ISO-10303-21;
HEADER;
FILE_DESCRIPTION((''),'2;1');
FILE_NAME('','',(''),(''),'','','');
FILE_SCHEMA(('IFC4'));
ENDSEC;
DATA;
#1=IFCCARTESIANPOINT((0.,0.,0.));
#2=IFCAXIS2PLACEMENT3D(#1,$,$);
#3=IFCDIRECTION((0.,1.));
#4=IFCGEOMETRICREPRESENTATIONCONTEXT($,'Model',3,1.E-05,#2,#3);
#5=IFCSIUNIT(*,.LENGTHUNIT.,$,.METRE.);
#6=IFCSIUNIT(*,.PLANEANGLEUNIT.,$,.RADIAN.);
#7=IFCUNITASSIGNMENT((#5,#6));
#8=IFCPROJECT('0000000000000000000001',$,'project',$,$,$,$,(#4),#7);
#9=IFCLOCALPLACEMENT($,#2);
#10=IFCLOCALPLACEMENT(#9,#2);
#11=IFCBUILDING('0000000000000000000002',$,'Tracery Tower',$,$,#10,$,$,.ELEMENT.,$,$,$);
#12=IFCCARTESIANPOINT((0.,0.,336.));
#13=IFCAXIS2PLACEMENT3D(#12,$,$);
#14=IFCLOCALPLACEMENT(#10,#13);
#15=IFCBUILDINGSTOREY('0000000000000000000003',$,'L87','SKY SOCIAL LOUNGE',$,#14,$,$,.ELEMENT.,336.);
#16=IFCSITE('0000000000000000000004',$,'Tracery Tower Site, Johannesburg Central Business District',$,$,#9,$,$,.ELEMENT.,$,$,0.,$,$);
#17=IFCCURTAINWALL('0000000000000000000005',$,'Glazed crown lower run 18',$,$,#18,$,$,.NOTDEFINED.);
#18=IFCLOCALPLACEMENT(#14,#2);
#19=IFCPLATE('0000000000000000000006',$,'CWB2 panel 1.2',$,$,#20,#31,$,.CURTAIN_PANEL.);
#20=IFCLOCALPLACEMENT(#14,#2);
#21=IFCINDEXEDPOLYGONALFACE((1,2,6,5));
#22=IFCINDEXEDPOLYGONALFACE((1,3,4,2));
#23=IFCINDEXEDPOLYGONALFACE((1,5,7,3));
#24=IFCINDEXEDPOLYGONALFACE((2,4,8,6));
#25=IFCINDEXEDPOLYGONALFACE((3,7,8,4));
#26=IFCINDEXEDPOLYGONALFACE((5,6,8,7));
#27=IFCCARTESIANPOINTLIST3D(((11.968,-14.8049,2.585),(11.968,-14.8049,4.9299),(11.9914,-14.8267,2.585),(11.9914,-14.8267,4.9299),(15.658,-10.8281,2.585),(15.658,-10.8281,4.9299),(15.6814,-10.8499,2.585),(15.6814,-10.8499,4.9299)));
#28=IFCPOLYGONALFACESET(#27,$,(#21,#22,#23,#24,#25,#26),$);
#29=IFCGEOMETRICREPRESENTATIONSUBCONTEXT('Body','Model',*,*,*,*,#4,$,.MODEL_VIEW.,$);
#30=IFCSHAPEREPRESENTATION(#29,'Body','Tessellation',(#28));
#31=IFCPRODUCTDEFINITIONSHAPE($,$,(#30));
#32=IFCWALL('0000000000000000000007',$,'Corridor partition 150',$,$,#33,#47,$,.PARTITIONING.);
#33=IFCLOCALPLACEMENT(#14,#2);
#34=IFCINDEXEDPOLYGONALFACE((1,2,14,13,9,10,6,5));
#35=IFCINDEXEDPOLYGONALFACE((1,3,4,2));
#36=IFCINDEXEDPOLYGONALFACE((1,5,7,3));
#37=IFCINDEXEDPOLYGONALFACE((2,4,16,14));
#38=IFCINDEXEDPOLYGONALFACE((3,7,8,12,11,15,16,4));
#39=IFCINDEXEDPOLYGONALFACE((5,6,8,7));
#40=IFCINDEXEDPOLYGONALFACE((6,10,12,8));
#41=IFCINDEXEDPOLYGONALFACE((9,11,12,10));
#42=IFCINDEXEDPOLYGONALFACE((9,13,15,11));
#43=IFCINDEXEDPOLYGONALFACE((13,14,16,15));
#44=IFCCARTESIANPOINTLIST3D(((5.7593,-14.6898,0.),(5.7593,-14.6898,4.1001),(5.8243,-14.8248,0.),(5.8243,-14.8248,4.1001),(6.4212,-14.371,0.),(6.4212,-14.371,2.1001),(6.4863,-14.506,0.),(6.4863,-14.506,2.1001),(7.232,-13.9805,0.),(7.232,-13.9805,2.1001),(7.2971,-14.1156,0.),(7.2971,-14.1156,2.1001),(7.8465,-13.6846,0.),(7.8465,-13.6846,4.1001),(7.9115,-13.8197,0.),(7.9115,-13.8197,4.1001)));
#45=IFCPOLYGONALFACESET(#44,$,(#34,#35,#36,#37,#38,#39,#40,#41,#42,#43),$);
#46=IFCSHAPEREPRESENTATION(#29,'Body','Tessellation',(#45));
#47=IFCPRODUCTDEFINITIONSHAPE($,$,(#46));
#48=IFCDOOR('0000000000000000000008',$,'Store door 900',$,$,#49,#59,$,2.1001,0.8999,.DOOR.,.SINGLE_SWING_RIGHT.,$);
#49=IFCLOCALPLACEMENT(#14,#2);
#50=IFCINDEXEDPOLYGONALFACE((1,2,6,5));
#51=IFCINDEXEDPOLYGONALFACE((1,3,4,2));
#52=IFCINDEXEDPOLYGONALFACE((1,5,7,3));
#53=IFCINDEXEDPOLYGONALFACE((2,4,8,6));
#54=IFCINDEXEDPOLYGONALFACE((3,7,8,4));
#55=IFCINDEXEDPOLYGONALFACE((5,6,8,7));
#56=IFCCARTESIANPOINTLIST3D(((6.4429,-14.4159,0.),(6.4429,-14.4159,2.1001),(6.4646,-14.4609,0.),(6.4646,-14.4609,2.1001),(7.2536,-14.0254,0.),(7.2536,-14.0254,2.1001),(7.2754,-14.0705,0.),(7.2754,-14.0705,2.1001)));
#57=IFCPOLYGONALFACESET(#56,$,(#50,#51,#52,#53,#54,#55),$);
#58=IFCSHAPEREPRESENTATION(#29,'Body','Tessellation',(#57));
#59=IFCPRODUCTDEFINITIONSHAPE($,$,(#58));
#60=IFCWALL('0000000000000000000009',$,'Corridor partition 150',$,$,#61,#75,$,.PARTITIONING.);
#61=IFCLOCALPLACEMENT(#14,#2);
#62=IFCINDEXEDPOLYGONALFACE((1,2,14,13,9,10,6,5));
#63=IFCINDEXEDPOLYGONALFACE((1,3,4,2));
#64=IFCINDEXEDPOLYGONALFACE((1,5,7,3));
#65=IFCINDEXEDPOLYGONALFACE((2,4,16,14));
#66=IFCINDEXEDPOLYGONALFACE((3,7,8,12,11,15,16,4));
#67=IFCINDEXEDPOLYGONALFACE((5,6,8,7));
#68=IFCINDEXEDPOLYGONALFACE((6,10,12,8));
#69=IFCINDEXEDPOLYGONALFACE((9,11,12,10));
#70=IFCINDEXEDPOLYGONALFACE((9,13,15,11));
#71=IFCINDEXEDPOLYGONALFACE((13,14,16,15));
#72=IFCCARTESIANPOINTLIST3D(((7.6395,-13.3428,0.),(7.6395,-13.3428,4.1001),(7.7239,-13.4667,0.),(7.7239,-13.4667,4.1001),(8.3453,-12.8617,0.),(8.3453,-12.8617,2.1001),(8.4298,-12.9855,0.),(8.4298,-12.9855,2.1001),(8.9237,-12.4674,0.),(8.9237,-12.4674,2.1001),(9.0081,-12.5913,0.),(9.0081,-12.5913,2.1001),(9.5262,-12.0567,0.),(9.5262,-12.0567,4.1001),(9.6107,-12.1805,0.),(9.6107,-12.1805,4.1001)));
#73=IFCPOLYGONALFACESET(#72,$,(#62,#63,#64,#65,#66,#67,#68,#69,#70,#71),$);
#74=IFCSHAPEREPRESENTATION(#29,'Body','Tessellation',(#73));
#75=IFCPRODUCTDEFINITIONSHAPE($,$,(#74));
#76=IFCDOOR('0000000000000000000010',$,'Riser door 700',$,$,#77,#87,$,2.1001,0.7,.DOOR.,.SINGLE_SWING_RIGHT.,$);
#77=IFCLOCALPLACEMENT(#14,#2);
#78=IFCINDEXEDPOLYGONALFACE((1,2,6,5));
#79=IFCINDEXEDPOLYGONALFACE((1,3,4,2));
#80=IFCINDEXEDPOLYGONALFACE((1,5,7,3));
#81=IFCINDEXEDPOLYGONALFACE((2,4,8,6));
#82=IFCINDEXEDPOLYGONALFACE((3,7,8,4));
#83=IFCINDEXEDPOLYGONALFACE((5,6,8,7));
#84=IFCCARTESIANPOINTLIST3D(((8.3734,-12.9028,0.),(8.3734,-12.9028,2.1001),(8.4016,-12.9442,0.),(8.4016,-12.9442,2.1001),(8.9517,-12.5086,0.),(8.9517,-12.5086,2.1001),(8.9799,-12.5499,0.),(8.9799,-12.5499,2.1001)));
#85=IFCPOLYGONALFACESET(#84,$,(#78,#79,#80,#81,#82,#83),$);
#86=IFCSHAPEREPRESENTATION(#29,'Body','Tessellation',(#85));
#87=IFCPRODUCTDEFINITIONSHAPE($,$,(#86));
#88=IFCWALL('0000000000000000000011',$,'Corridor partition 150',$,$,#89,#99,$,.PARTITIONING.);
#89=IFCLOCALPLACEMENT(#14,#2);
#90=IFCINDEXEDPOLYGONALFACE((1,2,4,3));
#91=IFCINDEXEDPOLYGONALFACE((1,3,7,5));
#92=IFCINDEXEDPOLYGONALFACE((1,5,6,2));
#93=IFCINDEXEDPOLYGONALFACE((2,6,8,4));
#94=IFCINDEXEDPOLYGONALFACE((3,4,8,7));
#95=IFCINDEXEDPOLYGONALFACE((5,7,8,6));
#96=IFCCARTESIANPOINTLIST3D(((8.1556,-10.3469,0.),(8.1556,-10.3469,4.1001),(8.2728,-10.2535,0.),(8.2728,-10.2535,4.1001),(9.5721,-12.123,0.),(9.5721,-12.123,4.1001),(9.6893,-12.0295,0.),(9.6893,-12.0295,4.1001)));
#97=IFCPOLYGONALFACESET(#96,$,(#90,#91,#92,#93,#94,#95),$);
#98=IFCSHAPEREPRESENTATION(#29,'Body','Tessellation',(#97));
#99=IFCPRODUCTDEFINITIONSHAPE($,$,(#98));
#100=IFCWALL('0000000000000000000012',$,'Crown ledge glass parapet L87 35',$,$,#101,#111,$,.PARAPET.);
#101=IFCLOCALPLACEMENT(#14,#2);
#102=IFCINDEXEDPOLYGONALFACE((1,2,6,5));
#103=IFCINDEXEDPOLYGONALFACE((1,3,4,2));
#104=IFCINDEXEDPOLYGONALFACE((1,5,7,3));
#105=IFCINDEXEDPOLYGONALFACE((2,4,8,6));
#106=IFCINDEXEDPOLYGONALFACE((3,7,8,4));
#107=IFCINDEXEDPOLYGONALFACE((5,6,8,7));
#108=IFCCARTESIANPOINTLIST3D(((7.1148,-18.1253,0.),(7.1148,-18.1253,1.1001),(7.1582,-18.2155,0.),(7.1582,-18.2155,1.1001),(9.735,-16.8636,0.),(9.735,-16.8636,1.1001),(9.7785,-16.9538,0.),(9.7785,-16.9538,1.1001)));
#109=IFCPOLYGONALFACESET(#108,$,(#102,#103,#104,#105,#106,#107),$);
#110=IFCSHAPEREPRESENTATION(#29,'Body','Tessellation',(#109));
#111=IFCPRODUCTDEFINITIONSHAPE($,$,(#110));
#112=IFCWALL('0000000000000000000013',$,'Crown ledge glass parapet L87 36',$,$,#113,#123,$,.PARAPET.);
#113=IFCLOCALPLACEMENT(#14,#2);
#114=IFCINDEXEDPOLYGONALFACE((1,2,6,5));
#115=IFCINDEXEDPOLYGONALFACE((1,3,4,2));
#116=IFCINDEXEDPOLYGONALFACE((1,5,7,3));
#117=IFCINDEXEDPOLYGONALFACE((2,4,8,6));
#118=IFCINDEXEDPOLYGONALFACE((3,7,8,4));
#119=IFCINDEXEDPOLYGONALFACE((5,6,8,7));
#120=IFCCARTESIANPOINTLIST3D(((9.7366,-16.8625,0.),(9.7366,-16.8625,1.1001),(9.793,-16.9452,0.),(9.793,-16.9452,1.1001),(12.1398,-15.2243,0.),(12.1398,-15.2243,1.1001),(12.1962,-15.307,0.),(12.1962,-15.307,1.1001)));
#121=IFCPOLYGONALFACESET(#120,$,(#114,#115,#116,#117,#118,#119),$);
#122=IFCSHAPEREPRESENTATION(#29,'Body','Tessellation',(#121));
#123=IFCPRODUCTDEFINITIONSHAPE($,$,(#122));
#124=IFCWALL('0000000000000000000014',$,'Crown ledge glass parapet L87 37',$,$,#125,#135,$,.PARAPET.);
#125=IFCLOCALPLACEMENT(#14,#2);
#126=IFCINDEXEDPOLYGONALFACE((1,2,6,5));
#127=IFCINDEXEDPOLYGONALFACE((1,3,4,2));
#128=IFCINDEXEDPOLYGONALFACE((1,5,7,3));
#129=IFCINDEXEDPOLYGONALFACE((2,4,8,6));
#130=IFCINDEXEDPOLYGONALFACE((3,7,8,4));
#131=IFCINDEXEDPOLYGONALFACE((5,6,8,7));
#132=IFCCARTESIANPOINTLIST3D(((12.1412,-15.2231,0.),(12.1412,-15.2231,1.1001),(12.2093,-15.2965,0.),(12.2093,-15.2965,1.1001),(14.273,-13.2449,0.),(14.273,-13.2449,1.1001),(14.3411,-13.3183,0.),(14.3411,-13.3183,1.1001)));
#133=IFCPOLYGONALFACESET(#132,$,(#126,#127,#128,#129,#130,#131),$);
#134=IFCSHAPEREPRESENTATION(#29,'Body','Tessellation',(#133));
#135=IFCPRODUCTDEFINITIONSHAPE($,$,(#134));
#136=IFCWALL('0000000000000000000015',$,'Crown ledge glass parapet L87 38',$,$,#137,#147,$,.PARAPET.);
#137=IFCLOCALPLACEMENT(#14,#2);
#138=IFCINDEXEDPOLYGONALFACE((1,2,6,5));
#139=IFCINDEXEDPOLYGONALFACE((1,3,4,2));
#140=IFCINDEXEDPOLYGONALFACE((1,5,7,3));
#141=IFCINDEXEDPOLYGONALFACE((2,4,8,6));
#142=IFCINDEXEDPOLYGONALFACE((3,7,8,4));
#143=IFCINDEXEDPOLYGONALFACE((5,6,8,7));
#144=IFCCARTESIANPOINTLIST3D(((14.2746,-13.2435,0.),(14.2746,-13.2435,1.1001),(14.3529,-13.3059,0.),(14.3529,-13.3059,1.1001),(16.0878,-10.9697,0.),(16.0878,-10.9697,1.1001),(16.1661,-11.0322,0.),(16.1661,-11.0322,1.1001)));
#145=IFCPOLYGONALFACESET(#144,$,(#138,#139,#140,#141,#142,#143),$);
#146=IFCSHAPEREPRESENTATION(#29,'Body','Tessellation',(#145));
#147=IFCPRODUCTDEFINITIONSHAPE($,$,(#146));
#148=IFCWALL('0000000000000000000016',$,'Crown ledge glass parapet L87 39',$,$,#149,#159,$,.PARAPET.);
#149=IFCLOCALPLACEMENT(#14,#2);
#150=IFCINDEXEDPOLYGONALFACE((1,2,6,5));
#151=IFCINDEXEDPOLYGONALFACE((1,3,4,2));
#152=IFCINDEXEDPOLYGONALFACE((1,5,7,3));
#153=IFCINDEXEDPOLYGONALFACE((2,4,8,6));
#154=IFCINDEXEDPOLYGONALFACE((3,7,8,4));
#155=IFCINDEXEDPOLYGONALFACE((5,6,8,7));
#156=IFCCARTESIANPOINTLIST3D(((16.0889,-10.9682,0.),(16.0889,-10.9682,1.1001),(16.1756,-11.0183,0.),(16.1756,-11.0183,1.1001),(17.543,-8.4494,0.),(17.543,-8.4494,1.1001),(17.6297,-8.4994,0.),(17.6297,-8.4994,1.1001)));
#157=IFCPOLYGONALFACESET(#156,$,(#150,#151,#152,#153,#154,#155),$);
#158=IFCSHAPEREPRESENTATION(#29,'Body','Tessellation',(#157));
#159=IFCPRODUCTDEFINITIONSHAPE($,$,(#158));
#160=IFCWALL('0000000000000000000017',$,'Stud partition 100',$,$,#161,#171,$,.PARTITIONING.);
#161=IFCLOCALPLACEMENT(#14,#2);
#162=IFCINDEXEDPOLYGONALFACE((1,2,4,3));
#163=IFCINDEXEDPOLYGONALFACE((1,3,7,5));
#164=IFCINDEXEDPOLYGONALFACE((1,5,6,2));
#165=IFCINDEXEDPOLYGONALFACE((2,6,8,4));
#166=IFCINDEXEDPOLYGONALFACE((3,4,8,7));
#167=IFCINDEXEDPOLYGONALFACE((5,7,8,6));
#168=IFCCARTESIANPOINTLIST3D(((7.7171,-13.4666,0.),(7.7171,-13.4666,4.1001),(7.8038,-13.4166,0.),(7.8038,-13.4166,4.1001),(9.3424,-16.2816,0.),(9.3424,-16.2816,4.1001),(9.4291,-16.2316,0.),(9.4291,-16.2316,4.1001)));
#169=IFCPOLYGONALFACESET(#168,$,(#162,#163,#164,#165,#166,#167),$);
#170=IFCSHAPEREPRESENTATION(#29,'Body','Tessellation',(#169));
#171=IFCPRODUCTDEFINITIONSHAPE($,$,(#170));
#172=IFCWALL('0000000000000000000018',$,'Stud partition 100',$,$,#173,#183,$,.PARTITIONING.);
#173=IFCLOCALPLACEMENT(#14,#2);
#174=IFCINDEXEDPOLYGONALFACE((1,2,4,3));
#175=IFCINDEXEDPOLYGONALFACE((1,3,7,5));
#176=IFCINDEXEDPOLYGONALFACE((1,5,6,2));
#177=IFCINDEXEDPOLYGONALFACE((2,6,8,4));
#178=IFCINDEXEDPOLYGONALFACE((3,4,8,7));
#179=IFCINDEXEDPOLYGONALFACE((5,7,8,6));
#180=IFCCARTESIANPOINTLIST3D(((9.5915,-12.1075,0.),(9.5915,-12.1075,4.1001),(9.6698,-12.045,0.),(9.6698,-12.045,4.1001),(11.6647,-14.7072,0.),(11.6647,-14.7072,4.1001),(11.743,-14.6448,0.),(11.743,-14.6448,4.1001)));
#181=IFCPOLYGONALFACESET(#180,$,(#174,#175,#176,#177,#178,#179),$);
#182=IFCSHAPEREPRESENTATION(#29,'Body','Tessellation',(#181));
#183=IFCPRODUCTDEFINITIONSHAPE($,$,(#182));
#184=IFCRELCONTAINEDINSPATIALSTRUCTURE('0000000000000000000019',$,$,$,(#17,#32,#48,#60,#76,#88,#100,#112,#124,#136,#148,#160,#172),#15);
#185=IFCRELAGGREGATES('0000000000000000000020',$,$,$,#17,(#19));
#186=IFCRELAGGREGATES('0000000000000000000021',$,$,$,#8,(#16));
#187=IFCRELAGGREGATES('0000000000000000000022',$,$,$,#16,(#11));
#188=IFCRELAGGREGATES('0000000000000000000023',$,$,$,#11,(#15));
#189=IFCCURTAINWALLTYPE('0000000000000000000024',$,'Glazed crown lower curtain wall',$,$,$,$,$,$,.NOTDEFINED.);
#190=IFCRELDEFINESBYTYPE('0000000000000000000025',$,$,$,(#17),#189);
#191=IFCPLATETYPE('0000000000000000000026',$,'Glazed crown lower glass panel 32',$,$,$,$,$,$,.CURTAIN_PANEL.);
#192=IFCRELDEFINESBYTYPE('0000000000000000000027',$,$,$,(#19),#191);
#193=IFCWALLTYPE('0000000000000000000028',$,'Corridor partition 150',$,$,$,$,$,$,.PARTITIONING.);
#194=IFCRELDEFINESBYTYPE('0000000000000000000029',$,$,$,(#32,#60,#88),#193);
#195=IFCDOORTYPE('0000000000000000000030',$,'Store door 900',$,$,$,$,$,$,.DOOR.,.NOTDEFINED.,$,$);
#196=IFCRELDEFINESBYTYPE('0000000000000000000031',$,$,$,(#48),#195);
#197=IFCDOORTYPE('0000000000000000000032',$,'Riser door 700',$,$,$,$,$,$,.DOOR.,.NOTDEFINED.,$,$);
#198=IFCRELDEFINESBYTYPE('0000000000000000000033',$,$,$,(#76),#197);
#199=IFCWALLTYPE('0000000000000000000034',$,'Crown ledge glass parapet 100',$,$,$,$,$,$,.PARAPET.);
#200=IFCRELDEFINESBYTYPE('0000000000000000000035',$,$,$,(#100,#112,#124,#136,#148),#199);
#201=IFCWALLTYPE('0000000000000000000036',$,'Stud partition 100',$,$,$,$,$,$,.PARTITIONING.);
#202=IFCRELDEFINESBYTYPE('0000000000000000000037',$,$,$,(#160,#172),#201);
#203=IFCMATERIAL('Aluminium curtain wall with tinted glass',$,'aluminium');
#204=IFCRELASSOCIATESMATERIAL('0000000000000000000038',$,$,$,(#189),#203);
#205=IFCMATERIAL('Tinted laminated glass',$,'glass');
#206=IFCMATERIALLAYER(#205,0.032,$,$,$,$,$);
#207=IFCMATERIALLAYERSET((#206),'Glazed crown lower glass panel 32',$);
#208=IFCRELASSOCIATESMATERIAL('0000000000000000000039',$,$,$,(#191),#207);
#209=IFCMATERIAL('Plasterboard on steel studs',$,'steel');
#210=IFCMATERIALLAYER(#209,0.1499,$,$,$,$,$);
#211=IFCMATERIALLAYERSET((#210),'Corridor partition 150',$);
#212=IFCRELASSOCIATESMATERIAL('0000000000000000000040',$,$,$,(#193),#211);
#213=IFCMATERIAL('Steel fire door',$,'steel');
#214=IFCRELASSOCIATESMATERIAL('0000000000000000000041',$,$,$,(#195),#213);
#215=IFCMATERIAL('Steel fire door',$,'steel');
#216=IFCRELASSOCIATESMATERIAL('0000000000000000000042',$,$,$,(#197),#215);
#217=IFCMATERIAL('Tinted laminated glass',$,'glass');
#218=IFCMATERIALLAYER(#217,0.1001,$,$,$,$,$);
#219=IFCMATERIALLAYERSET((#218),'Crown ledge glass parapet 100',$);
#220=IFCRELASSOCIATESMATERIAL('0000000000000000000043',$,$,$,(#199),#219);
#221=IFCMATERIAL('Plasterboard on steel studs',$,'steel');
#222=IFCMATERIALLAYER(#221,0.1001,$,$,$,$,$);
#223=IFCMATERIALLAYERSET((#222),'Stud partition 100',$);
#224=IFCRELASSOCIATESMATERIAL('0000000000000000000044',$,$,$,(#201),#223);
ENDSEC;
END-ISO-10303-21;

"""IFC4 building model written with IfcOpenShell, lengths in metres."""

from ifc_helpers import new_model, si_unit, direction, frame, frame_2d, origin, origin_2d, place, context, subcontext, project, spatial, rectangle, extrude, material, layer, layer_set, type_object, element, fill, aggregate, save


model = new_model("IFC4")

# Units and contexts
model_context = context("Model", 3, precision=1e-05, world=origin(), true_north=direction((0.0, 1.0)))
body_context = subcontext(model_context, "Body", "Model", "MODEL_VIEW")
ifc_project = project(units=[si_unit("LENGTHUNIT", "METRE"), si_unit("PLANEANGLEUNIT", "RADIAN")], contexts=[model_context])

# Site, building, storey
site_placement = place(None, origin())
site = spatial("IfcSite", under=ifc_project, at=site_placement, Name="Tracery Tower Site, Johannesburg Central Business District", CompositionType="ELEMENT", RefElevation=0.0)
building_placement = place(site_placement, origin())
building = spatial("IfcBuilding", under=site, at=building_placement, Name="Tracery Tower", CompositionType="ELEMENT")
storey_placement = place(building_placement, frame((0.0, 0.0, 336.0)))
storey = spatial("IfcBuildingStorey", under=building, at=storey_placement, Name="L87", Description="SKY SOCIAL LOUNGE", CompositionType="ELEMENT", Elevation=336.0)

# Curtain wall
ifc_material_1 = material(Name="Aluminium curtain wall with tinted glass", Category="aluminium")
curtain_wall_type = type_object("IfcCurtainWallType", Name="Glazed crown lower curtain wall", PredefinedType="NOTDEFINED", material=ifc_material_1)
curtain_wall_1_placement = place(storey_placement, origin())
curtain_wall_1 = element("IfcCurtainWall", 1, at=curtain_wall_1_placement, inside=storey, type_object=curtain_wall_type, Name="Glazed crown lower run 18", PredefinedType="NOTDEFINED")

# Plate
ifc_material_2 = material(Name="Tinted laminated glass", Category="glass")
ifc_layer_1 = layer(ifc_material_2, 0.032)
ifc_layer_set_1 = layer_set([ifc_layer_1], Name="Glazed crown lower glass panel 32")
plate_type = type_object("IfcPlateType", Name="Glazed crown lower glass panel 32", PredefinedType="CURTAIN_PANEL", material=ifc_layer_set_1)
plate_1_placement = place(storey_placement, frame((13.8247, -12.8274, 2.585), z_axis=(0.0, 0.0, 1.0), x_axis=(0.680181, 0.733044, 0.0)))
plate_1 = element("IfcPlate", 2, at=plate_1_placement, type_object=plate_type, Name="CWB2 panel 1.2", PredefinedType="CURTAIN_PANEL", context=body_context, shape_type="SweptSolid", body=[
    extrude(rectangle(XDim=5.425, YDim=0.032, at=origin_2d()), origin(), (0.0, 0.0, 1.0), 2.345),
])
aggregate(curtain_wall_1, [plate_1])

# Walls, openings, doors
ifc_material_3 = material(Name="Plasterboard on steel studs", Category="steel")
ifc_layer_2 = layer(ifc_material_3, 0.1499)
ifc_layer_set_2 = layer_set([ifc_layer_2], Name="Corridor partition 150")
wall_type_1 = type_object("IfcWallType", Name="Corridor partition 150", PredefinedType="PARTITIONING", material=ifc_layer_set_2)
wall_1_placement = place(storey_placement, frame((7.8789, -13.7522, 0.0), z_axis=(0.0, 0.0, 1.0), x_axis=(-0.900968, -0.433885, 0.0)))
wall_1 = element("IfcWall", 3, at=wall_1_placement, inside=storey, type_object=wall_type_1, Name="Corridor partition 150", PredefinedType="PARTITIONING", context=body_context, shape_type="SweptSolid", body=[
    extrude(rectangle(XDim=2.3167, YDim=0.1499, at=frame_2d((1.1582, 0.0))), origin(), (0.0, 0.0, 1.0), 4.1001),
])
opening_1_placement = place(wall_1_placement, frame((0.6819, 0.0, 0.0)))
opening_1 = element("IfcOpeningElement", 4, at=opening_1_placement, cuts=wall_1, PredefinedType="OPENING", context=body_context, shape_type="SweptSolid", body=[
    extrude(rectangle(XDim=0.8999, YDim=2.1001, at=frame_2d((0.45, 1.05))), frame((0.0, 0.075, 0.0), z_axis=(0.0, -1.0, 0.0), x_axis=(1.0, 0.0, 0.0)), (0.0, 0.0, 1.0), 0.1499),
])
ifc_material_4 = material(Name="Steel fire door", Category="steel")
door_type_1 = type_object("IfcDoorType", Name="Store door 900", OperationType="NOTDEFINED", PredefinedType="DOOR", material=ifc_material_4)
door_1_placement = place(opening_1_placement, origin())
door_1 = element("IfcDoor", 5, at=door_1_placement, inside=storey, type_object=door_type_1, Name="Store door 900", OperationType="SINGLE_SWING_RIGHT", OverallHeight=2.1001, OverallWidth=0.8999, PredefinedType="DOOR", context=body_context, shape_type="SweptSolid", body=[
    extrude(rectangle(XDim=0.8999, YDim=2.1001, at=frame_2d((0.45, 1.05))), frame((0.0, 0.0249, 0.0), z_axis=(0.0, -1.0, 0.0), x_axis=(1.0, 0.0, 0.0)), (0.0, 0.0, 1.0), 0.05),
])
fill(opening_1, door_1)
wall_2_placement = place(storey_placement, frame((9.5684, -12.1187, 0.0), z_axis=(0.0, 0.0, 1.0), x_axis=(-0.826282, -0.563257, 0.0)))
wall_2 = element("IfcWall", 6, at=wall_2_placement, inside=storey, type_object=wall_type_1, Name="Corridor partition 150", PredefinedType="PARTITIONING", context=body_context, shape_type="SweptSolid", body=[
    extrude(rectangle(XDim=2.2834, YDim=0.1499, at=frame_2d((1.1416, 0.0))), origin(), (0.0, 0.0, 1.0), 4.1001),
])
opening_2_placement = place(wall_2_placement, frame((0.729, 0.0, 0.0)))
opening_2 = element("IfcOpeningElement", 7, at=opening_2_placement, cuts=wall_2, PredefinedType="OPENING", context=body_context, shape_type="SweptSolid", body=[
    extrude(rectangle(XDim=0.7, YDim=2.1001, at=frame_2d((0.3501, 1.05))), frame((0.0, 0.075, 0.0), z_axis=(0.0, -1.0, 0.0), x_axis=(1.0, 0.0, 0.0)), (0.0, 0.0, 1.0), 0.1499),
])
ifc_material_5 = material(Name="Steel fire door", Category="steel")
door_type_2 = type_object("IfcDoorType", Name="Riser door 700", OperationType="NOTDEFINED", PredefinedType="DOOR", material=ifc_material_5)
door_2_placement = place(opening_2_placement, origin())
door_2 = element("IfcDoor", 8, at=door_2_placement, inside=storey, type_object=door_type_2, Name="Riser door 700", OperationType="SINGLE_SWING_RIGHT", OverallHeight=2.1001, OverallWidth=0.7, PredefinedType="DOOR", context=body_context, shape_type="SweptSolid", body=[
    extrude(rectangle(XDim=0.7, YDim=2.1001, at=frame_2d((0.3501, 1.05))), frame((0.0, 0.0249, 0.0), z_axis=(0.0, -1.0, 0.0), x_axis=(1.0, 0.0, 0.0)), (0.0, 0.0, 1.0), 0.05),
])
fill(opening_2, door_2)

# Walls
wall_3_placement = place(storey_placement, frame((9.6306, -12.0762, 0.0), z_axis=(0.0, 0.0, 1.0), x_axis=(-0.623515, 0.781812, 0.0)))
element("IfcWall", 9, at=wall_3_placement, inside=storey, type_object=wall_type_1, Name="Corridor partition 150", PredefinedType="PARTITIONING", context=body_context, shape_type="SweptSolid", body=[
    extrude(rectangle(XDim=2.2717, YDim=0.1499, at=frame_2d((1.1357, 0.0))), origin(), (0.0, 0.0, 1.0), 4.1001),
])
ifc_material_6 = material(Name="Tinted laminated glass", Category="glass")
ifc_layer_3 = layer(ifc_material_6, 0.1001)
ifc_layer_set_3 = layer_set([ifc_layer_3], Name="Crown ledge glass parapet 100")
wall_type_2 = type_object("IfcWallType", Name="Crown ledge glass parapet 100", PredefinedType="PARAPET", material=ifc_layer_set_3)
wall_4_placement = place(storey_placement, frame((7.1365, -18.1704, 0.0), z_axis=(0.0, 0.0, 1.0), x_axis=(0.900993, 0.433833, 0.0)))
element("IfcWall", 10, at=wall_4_placement, inside=storey, type_object=wall_type_2, Name="Crown ledge glass parapet L87 35", PredefinedType="PARAPET", context=body_context, shape_type="SweptSolid", body=[
    extrude(rectangle(XDim=2.9082, YDim=0.1001, at=frame_2d((1.4541, 0.0))), origin(), (0.0, 0.0, 1.0), 1.1001),
])
wall_5_placement = place(storey_placement, frame((9.7649, -16.9038, 0.0), z_axis=(0.0, 0.0, 1.0), x_axis=(0.826272, 0.563272, 0.0)))
element("IfcWall", 11, at=wall_5_placement, inside=storey, type_object=wall_type_2, Name="Crown ledge glass parapet L87 36", PredefinedType="PARAPET", context=body_context, shape_type="SweptSolid", body=[
    extrude(rectangle(XDim=2.9084, YDim=0.1001, at=frame_2d((1.4541, 0.0))), origin(), (0.0, 0.0, 1.0), 1.1001),
])
for number, where, z_axis, x_axis, name in (
    (12, (12.1753, -15.2598, 0.0), (0.0, 0.0, 1.0), (0.733015, 0.680213, 0.0), "Crown ledge glass parapet L87 37"),
    (13, (14.3137, -13.2747, 0.0), (0.0, 0.0, 1.0), (0.623496, 0.781826, 0.0), "Crown ledge glass parapet L87 38"),
):
    element("IfcWall", number, at=place(storey_placement, frame(where, z_axis=z_axis, x_axis=x_axis)), inside=storey, type_object=wall_type_2, Name=name, PredefinedType="PARAPET", context=body_context, shape_type="SweptSolid", body=[
        extrude(rectangle(XDim=2.9082, YDim=0.1001, at=frame_2d((1.4541, 0.0))), origin(), (0.0, 0.0, 1.0), 1.1001),
    ])
wall_6_placement = place(storey_placement, frame((16.1323, -10.9932, 0.0), z_axis=(0.0, 0.0, 1.0), x_axis=(0.499967, 0.866044, 0.0)))
element("IfcWall", 14, at=wall_6_placement, inside=storey, type_object=wall_type_2, Name="Crown ledge glass parapet L87 39", PredefinedType="PARAPET", context=body_context, shape_type="SweptSolid", body=[
    extrude(rectangle(XDim=2.9084, YDim=0.1001, at=frame_2d((1.4541, 0.0))), origin(), (0.0, 0.0, 1.0), 1.1001),
])
ifc_material_7 = material(Name="Plasterboard on steel studs", Category="steel")
ifc_layer_4 = layer(ifc_material_7, 0.1001)
ifc_layer_set_4 = layer_set([ifc_layer_4], Name="Stud partition 100")
wall_type_3 = type_object("IfcWallType", Name="Stud partition 100", PredefinedType="PARTITIONING", material=ifc_layer_set_4)
wall_7_placement = place(storey_placement, frame((9.3857, -16.2566, 0.0), z_axis=(0.0, 0.0, 1.0), x_axis=(-0.500009, 0.86602, 0.0)))
element("IfcWall", 15, at=wall_7_placement, inside=storey, type_object=wall_type_3, Name="Stud partition 100", PredefinedType="PARTITIONING", context=body_context, shape_type="SweptSolid", body=[
    extrude(rectangle(XDim=3.2505, YDim=0.1001, at=frame_2d((1.6252, 0.0))), origin(), (0.0, 0.0, 1.0), 4.1001),
])
wall_8_placement = place(storey_placement, frame((11.7039, -14.676, 0.0), z_axis=(0.0, 0.0, 1.0), x_axis=(-0.623477, 0.781842, 0.0)))
element("IfcWall", 16, at=wall_8_placement, inside=storey, type_object=wall_type_3, Name="Stud partition 100", PredefinedType="PARTITIONING", context=body_context, shape_type="SweptSolid", body=[
    extrude(rectangle(XDim=3.3252, YDim=0.1001, at=frame_2d((1.6626, 0.0))), origin(), (0.0, 0.0, 1.0), 4.1001),
])

save(model, "model.ifc")
